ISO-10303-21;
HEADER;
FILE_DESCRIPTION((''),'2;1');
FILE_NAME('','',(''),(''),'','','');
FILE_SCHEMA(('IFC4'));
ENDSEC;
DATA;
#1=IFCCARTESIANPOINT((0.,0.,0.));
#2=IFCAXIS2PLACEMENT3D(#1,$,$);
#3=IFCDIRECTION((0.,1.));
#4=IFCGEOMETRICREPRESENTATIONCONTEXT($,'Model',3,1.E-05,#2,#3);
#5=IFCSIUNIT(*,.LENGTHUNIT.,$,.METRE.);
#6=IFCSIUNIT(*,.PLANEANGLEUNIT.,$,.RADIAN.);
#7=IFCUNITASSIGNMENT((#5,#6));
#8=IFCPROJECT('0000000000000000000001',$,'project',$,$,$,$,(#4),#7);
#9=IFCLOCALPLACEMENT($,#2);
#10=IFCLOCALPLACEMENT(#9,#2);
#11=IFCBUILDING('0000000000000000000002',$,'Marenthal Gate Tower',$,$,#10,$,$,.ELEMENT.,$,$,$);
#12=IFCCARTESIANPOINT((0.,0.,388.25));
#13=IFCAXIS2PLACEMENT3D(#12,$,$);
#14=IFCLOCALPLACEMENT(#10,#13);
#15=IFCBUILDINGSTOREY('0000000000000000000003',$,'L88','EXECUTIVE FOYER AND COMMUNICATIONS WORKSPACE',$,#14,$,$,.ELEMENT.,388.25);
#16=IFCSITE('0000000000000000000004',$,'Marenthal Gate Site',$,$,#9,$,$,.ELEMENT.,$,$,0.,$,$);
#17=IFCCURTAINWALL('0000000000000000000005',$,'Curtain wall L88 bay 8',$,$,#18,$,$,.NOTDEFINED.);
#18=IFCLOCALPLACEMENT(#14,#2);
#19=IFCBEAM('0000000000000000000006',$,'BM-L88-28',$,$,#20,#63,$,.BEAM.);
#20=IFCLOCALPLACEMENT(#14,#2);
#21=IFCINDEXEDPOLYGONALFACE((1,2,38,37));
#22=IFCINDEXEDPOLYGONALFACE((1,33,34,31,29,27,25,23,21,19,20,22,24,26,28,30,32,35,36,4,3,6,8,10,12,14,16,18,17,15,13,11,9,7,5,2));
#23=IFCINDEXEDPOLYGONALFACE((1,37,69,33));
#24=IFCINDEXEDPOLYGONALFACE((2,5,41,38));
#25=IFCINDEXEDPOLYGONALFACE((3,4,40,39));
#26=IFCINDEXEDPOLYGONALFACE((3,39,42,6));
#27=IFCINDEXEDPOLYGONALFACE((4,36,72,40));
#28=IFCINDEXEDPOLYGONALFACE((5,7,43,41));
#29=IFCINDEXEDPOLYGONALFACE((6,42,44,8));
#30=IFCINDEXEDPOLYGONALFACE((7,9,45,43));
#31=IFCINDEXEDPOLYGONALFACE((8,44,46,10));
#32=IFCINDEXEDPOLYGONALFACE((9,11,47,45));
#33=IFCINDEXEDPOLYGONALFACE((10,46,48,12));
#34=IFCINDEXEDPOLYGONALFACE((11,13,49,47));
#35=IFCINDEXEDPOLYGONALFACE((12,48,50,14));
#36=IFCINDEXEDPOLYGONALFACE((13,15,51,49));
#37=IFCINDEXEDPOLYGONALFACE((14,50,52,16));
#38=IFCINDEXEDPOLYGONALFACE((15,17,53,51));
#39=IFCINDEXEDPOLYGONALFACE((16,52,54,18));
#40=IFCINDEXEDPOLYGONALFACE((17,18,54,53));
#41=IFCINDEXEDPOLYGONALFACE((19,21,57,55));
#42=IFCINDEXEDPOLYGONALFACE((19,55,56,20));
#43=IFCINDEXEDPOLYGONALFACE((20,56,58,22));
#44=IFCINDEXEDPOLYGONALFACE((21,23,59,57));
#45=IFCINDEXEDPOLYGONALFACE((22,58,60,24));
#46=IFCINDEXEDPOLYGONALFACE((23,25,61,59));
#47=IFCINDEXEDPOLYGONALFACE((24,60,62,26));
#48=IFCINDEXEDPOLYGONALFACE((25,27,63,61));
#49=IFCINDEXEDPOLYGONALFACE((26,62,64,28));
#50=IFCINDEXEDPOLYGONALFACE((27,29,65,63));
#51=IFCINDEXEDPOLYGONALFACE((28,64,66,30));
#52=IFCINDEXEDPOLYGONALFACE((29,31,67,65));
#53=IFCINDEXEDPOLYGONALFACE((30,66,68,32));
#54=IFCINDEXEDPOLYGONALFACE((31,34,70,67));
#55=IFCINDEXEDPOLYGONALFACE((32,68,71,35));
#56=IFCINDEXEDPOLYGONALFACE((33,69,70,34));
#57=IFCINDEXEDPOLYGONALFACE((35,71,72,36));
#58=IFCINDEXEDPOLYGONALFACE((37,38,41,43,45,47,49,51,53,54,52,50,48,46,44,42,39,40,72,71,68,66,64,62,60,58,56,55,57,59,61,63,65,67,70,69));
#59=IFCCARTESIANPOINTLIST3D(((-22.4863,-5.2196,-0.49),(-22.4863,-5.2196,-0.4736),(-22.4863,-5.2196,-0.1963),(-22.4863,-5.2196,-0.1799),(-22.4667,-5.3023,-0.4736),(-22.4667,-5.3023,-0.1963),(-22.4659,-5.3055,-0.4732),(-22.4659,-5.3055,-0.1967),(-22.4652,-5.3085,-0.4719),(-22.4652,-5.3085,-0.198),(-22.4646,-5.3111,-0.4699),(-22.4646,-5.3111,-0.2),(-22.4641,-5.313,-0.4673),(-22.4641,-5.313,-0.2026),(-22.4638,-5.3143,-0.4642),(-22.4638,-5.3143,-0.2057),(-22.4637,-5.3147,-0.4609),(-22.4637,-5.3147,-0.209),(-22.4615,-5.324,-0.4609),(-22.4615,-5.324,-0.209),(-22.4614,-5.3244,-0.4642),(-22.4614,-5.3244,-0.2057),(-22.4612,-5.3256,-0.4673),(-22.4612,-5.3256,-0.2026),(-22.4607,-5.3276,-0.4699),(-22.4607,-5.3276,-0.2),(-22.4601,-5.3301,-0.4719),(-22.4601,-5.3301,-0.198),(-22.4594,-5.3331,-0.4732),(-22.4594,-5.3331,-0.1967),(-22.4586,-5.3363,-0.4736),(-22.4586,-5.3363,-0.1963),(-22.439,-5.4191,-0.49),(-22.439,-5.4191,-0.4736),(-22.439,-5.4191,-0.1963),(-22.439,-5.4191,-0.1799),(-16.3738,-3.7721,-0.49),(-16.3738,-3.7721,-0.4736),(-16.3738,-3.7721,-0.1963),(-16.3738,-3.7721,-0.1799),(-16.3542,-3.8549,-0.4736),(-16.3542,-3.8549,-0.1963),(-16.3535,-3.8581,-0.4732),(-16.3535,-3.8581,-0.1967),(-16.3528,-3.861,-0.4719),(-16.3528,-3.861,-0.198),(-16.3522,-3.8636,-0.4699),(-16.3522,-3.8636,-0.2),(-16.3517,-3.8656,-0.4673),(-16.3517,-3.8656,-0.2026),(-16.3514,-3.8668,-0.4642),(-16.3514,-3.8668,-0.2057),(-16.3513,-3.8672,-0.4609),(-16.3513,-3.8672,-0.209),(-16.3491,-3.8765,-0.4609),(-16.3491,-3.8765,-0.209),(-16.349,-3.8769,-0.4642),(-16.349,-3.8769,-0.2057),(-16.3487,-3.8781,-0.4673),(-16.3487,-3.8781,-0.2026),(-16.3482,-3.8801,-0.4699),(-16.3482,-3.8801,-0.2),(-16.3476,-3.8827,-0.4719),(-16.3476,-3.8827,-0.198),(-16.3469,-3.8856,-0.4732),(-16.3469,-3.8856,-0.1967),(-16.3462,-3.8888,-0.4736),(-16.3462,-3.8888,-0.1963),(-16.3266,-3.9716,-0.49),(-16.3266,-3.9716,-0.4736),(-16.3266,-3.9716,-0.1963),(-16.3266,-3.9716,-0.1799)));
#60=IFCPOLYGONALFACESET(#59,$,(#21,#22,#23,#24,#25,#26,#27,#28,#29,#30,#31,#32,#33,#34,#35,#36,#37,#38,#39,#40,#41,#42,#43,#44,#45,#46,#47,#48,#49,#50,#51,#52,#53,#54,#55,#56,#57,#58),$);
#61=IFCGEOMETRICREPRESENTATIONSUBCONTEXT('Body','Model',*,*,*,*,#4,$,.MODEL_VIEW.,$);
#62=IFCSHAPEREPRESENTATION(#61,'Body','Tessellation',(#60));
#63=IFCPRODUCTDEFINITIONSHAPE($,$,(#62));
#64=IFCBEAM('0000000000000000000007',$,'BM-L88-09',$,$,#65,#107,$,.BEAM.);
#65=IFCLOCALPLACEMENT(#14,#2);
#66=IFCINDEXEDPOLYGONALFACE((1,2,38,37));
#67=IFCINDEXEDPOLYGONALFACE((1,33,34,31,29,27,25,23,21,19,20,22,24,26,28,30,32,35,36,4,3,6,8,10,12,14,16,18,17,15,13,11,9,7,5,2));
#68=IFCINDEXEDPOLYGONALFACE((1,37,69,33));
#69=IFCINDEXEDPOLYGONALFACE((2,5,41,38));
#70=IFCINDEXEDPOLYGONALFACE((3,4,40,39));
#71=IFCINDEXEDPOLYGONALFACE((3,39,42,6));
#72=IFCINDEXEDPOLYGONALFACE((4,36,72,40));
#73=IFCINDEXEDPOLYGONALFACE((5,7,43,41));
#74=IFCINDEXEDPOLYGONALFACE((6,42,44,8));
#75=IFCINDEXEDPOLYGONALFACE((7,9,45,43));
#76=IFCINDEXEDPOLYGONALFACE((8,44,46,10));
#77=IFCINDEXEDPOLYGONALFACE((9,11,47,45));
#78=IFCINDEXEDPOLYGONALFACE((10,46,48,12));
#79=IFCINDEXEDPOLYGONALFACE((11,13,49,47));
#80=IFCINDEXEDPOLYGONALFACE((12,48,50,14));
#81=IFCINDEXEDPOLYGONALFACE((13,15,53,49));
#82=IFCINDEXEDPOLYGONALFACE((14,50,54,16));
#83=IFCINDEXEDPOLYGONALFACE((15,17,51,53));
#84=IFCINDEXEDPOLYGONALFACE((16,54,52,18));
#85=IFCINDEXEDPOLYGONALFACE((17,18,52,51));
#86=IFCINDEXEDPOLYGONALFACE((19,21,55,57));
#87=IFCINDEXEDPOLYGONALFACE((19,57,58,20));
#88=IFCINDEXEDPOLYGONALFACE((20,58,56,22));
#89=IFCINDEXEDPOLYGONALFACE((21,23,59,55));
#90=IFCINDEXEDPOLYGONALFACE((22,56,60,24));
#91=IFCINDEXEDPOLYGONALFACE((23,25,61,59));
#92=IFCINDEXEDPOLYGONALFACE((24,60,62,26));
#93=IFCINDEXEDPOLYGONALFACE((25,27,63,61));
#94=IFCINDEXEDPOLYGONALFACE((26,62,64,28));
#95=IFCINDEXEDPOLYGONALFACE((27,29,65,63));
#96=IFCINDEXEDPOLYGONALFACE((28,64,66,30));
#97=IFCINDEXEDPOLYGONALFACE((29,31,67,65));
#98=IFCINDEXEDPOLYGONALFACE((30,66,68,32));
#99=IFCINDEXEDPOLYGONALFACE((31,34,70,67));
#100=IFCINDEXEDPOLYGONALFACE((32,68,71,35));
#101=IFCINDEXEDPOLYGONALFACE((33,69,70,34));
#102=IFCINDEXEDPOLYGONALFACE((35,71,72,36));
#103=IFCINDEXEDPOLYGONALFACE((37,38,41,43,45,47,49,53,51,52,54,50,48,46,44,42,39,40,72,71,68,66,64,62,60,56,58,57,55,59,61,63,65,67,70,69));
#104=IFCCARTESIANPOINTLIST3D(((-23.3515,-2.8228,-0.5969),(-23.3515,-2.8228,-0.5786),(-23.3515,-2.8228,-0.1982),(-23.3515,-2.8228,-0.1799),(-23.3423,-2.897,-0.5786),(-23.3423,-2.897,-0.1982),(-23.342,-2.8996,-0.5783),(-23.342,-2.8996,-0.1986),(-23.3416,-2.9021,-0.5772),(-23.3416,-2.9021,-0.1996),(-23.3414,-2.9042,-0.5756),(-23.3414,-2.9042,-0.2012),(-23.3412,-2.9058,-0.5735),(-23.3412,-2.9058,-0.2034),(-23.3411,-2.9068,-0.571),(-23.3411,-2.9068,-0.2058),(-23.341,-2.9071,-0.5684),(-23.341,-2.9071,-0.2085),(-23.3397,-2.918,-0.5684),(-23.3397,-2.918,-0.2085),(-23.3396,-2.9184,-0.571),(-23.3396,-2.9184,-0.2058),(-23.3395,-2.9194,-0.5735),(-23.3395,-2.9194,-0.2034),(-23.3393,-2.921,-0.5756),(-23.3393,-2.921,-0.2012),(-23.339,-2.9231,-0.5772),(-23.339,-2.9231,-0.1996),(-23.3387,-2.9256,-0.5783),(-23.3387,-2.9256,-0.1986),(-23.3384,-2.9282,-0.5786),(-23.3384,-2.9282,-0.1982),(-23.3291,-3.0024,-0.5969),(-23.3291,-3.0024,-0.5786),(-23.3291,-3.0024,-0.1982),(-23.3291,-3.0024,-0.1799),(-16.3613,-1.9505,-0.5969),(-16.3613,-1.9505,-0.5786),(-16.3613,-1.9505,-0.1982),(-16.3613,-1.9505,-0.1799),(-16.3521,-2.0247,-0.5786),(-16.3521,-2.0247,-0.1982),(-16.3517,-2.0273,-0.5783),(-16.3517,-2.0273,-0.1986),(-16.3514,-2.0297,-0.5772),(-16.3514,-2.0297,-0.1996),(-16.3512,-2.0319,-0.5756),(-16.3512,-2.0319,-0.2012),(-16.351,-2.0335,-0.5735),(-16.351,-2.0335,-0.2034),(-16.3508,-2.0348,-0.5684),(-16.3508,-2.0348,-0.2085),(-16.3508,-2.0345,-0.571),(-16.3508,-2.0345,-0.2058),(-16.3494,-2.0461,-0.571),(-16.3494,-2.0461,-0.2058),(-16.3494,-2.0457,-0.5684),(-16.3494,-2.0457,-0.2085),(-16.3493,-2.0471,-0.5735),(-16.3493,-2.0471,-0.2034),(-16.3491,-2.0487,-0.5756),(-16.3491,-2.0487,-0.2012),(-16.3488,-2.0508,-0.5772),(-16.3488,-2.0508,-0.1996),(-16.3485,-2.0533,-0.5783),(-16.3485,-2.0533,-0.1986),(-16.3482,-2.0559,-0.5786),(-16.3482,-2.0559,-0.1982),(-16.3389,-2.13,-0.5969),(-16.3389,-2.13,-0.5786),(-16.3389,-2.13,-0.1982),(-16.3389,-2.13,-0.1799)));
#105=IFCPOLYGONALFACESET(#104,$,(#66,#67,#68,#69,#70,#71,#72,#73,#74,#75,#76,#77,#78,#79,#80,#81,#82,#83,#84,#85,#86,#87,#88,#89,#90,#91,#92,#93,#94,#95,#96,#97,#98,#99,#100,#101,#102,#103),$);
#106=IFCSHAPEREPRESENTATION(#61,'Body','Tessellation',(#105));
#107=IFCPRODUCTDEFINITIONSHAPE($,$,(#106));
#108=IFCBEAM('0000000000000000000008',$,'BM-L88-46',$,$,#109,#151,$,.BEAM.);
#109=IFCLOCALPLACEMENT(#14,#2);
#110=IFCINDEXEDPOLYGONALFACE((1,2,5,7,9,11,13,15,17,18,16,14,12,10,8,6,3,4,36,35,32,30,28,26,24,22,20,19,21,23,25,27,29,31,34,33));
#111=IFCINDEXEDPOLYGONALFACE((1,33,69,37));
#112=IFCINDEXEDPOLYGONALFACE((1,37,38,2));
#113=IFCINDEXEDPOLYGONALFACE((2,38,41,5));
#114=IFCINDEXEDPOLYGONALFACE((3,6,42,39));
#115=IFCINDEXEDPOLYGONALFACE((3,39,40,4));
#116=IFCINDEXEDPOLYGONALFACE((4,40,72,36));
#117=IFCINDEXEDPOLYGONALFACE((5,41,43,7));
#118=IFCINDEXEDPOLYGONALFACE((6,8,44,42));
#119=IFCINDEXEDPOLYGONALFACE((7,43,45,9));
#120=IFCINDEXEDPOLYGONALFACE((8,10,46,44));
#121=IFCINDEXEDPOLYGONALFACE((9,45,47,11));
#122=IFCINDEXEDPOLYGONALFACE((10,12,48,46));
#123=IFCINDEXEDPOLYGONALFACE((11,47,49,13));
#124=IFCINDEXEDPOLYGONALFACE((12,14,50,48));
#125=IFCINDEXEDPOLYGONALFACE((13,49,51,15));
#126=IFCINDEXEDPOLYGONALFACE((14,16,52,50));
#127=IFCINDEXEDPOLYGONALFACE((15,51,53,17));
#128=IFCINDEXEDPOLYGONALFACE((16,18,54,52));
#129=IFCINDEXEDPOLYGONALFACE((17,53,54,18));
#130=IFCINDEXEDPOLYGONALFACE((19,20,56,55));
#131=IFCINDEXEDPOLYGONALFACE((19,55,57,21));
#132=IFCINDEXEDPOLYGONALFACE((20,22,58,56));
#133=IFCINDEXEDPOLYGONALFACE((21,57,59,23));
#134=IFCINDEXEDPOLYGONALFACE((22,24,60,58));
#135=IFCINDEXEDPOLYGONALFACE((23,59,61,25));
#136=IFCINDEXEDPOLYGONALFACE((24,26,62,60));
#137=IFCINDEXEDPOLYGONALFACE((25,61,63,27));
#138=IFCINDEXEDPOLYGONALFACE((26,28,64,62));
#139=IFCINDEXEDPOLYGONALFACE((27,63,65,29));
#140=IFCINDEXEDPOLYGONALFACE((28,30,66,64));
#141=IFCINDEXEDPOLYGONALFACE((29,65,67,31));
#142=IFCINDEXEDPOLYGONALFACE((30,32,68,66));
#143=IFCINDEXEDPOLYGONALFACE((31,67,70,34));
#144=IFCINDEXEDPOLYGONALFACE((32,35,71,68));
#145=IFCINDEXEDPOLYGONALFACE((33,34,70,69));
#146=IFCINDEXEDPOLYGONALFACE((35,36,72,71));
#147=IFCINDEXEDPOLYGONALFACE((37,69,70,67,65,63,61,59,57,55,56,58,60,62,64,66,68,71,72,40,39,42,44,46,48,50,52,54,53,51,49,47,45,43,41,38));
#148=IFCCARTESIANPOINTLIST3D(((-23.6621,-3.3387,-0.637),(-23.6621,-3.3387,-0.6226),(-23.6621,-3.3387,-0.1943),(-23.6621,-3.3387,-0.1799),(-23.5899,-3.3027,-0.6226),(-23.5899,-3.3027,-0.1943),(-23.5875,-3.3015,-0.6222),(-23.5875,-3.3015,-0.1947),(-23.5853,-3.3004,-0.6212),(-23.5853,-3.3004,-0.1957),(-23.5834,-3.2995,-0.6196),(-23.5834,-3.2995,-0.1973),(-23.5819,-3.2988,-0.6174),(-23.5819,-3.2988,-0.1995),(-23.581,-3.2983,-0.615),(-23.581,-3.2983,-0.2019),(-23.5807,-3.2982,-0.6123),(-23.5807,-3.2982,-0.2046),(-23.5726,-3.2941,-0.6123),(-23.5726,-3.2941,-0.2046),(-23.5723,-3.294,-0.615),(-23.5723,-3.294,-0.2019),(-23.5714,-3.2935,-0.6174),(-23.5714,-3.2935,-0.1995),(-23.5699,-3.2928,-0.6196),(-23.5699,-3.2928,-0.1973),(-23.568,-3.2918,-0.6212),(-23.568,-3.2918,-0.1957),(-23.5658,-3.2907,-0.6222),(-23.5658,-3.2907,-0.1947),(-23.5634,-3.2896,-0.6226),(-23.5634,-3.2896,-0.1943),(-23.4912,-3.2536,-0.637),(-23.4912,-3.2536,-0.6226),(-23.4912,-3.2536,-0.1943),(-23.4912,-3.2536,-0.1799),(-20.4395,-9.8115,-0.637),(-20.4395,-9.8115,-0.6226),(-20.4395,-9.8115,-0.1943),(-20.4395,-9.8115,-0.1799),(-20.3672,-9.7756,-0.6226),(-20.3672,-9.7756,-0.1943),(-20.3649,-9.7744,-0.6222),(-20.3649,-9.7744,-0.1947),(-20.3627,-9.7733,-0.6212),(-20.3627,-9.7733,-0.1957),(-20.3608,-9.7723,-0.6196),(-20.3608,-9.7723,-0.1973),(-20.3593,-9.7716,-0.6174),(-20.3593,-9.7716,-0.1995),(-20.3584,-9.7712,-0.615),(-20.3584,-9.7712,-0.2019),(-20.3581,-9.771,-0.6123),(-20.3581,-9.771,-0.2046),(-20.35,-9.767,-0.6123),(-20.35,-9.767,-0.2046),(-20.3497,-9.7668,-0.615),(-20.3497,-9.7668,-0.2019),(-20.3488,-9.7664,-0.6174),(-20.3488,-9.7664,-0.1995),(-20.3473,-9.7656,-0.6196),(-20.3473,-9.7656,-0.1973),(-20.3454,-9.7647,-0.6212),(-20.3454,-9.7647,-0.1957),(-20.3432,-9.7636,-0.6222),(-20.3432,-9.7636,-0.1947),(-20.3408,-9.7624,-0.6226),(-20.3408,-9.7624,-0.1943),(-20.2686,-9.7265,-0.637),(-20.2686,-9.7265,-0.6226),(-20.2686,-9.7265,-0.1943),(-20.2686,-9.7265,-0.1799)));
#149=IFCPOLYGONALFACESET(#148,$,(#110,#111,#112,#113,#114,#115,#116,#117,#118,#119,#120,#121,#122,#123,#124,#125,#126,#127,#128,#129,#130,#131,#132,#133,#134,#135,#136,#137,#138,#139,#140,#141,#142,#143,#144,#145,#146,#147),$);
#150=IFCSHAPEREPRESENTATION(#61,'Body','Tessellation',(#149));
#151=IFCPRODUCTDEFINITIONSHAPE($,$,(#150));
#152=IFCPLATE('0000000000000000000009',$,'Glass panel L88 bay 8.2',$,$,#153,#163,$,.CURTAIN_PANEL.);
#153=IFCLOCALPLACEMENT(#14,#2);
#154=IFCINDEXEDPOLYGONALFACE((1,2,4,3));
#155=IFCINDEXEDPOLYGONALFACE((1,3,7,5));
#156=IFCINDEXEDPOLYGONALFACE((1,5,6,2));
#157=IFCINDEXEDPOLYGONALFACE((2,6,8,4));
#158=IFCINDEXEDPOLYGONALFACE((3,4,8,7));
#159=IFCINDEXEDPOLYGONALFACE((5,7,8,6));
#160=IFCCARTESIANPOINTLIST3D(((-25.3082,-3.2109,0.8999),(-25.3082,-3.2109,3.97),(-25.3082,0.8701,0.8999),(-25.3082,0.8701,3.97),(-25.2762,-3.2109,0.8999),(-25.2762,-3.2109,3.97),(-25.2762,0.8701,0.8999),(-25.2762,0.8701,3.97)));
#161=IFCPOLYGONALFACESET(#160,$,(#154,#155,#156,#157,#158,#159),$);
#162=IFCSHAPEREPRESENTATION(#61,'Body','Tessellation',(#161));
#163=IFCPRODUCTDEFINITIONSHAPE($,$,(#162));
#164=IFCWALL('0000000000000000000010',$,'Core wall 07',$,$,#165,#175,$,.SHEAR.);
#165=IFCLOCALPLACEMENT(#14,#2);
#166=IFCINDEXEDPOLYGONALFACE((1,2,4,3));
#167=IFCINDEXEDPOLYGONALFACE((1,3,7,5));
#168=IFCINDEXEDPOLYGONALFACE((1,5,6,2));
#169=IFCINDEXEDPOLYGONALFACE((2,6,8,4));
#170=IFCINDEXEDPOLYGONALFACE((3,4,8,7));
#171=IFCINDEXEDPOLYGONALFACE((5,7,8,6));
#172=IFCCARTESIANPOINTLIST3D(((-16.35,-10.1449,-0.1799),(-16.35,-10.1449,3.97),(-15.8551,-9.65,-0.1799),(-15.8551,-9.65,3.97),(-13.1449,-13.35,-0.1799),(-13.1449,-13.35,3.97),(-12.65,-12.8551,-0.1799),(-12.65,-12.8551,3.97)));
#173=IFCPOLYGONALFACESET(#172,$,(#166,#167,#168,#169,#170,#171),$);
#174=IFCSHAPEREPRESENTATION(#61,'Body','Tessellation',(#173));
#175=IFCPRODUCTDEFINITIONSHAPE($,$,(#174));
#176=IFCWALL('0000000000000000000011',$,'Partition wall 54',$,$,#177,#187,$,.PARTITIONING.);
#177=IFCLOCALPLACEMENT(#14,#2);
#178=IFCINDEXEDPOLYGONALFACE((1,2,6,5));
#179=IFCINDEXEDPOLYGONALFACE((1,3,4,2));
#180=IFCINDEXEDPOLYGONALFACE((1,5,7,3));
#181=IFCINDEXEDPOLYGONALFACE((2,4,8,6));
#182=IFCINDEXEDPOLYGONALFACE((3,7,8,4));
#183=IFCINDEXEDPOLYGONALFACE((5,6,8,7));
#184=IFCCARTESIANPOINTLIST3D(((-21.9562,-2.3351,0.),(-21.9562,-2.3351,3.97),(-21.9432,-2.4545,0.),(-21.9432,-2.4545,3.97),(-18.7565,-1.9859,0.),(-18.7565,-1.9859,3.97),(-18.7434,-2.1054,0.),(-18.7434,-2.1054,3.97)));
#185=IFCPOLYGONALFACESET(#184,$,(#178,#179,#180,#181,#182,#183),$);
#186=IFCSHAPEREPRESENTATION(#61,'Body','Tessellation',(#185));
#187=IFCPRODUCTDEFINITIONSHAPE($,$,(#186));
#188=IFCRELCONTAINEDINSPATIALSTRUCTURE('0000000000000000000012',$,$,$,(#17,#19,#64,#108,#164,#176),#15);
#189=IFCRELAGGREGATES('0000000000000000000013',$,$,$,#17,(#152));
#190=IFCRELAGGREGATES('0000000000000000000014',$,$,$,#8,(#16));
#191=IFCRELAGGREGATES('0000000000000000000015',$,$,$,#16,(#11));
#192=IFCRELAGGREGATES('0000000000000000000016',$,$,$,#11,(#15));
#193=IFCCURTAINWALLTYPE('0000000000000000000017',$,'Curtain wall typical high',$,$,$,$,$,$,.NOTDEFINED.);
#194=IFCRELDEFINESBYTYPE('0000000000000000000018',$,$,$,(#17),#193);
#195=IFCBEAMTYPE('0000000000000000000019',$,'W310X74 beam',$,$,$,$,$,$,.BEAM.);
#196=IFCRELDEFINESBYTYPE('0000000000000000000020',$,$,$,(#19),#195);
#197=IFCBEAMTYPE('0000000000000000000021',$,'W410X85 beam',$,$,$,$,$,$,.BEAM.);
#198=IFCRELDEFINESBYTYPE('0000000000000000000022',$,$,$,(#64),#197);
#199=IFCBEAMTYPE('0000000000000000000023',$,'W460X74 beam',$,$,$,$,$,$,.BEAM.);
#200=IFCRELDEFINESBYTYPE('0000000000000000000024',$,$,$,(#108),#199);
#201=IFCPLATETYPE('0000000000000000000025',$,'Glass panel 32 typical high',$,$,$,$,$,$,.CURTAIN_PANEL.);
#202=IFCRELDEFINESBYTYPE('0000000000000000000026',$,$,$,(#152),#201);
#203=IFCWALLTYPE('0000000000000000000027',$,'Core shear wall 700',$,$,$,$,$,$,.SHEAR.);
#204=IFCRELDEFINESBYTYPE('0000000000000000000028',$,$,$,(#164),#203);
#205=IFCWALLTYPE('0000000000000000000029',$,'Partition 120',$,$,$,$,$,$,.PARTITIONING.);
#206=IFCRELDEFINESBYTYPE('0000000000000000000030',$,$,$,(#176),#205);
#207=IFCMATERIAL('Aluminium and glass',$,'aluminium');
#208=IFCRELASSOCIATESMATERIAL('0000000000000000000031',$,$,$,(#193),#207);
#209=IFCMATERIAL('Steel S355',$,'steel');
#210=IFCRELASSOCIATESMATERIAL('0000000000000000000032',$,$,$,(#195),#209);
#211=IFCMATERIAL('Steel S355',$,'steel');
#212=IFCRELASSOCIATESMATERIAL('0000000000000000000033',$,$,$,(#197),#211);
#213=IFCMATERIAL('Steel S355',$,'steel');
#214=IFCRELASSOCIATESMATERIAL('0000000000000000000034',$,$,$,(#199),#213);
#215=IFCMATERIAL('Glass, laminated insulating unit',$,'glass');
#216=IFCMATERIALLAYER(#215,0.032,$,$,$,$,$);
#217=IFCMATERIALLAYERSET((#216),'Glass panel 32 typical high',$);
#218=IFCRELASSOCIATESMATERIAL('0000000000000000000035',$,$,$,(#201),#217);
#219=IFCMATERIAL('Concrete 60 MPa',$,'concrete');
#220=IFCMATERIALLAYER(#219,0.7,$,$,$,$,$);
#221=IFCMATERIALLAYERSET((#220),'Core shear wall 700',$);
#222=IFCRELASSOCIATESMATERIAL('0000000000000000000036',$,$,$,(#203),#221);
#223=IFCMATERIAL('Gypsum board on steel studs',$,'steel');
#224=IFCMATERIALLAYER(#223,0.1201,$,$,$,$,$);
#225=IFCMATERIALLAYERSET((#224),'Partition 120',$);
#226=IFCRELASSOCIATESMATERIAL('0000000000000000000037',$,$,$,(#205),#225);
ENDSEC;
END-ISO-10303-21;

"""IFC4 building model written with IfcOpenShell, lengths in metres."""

from ifc_helpers import new_model, si_unit, direction, frame, frame_2d, origin, origin_2d, place, context, subcontext, project, spatial, rectangle, i_section, extrude, material, layer, layer_set, material_profile, profile_set, type_object, element, aggregate, save


model = new_model("IFC4")

# Units and contexts
model_context = context("Model", 3, precision=1e-05, world=origin(), true_north=direction((0.0, 1.0)))
body_context = subcontext(model_context, "Body", "Model", "MODEL_VIEW")
ifc_project = project(units=[si_unit("LENGTHUNIT", "METRE"), si_unit("PLANEANGLEUNIT", "RADIAN")], contexts=[model_context])

# Site, building, storey
site_placement = place(None, origin())
site = spatial("IfcSite", under=ifc_project, at=site_placement, Name="Marenthal Gate Site", CompositionType="ELEMENT", RefElevation=0.0)
building_placement = place(site_placement, origin())
building = spatial("IfcBuilding", under=site, at=building_placement, Name="Marenthal Gate Tower", CompositionType="ELEMENT")
storey_placement = place(building_placement, frame((0.0, 0.0, 388.25)))
storey = spatial("IfcBuildingStorey", under=building, at=storey_placement, Name="L88", Description="EXECUTIVE FOYER AND COMMUNICATIONS WORKSPACE", CompositionType="ELEMENT", Elevation=388.25)

# Curtain wall
ifc_material_1 = material(Name="Aluminium and glass", Category="aluminium")
curtain_wall_type = type_object("IfcCurtainWallType", Name="Curtain wall typical high", PredefinedType="NOTDEFINED", material=ifc_material_1)
curtain_wall_placement = place(storey_placement, origin())
curtain_wall = element("IfcCurtainWall", 1, at=curtain_wall_placement, inside=storey, type_object=curtain_wall_type, Name="Curtain wall L88 bay 8", PredefinedType="NOTDEFINED")

# Beams
ifc_material_2 = material(Name="Steel S355", Category="steel")
ifc_material_profile_1 = material_profile(ifc_material_2, i_section(OverallWidth=0.2051, OverallDepth=0.3101, WebThickness=0.0095, FlangeThickness=0.0164, FilletRadius=0.0127, at=origin_2d()), Name="W310X74")
ifc_profile_set_1 = profile_set([ifc_material_profile_1], Name="Steel S355")
beam_type_1 = type_object("IfcBeamType", Name="W310X74 beam", PredefinedType="BEAM", material=ifc_profile_set_1)
beam_1_placement = place(storey_placement, frame((-22.4626, -5.3193, -0.335), z_axis=(0.973087, 0.230436, 0.0), x_axis=(-0.230436, 0.973087, 0.0)))
element("IfcBeam", 2, at=beam_1_placement, inside=storey, type_object=beam_type_1, Name="BM-L88-28", PredefinedType="BEAM", context=body_context, shape_type="SweptSolid", body=[
    extrude(i_section(OverallWidth=0.2051, OverallDepth=0.3101, WebThickness=0.0095, FlangeThickness=0.0164, FilletRadius=0.0127, at=origin_2d()), origin(), (0.0, 0.0, 1.0), 6.2815),
])
ifc_material_3 = material(Name="Steel S355", Category="steel")
ifc_material_profile_2 = material_profile(ifc_material_3, i_section(OverallWidth=0.1809, OverallDepth=0.417, WebThickness=0.011, FlangeThickness=0.0183, FilletRadius=0.0103, at=origin_2d()), Name="W410X85")
ifc_profile_set_2 = profile_set([ifc_material_profile_2], Name="Steel S355")
beam_type_2 = type_object("IfcBeamType", Name="W410X85 beam", PredefinedType="BEAM", material=ifc_profile_set_2)
beam_2_placement = place(storey_placement, frame((-23.3403, -2.9126, -0.3884), z_axis=(0.992303, 0.12383, 0.0), x_axis=(-0.12383, 0.992303, 0.0)))
element("IfcBeam", 3, at=beam_2_placement, inside=storey, type_object=beam_type_2, Name="BM-L88-09", PredefinedType="BEAM", context=body_context, shape_type="SweptSolid", body=[
    extrude(i_section(OverallWidth=0.1809, OverallDepth=0.417, WebThickness=0.011, FlangeThickness=0.0183, FilletRadius=0.0103, at=origin_2d()), origin(), (0.0, 0.0, 1.0), 7.0444),
])
ifc_material_4 = material(Name="Steel S355", Category="steel")
ifc_material_profile_3 = material_profile(ifc_material_4, i_section(OverallWidth=0.1909, OverallDepth=0.457, WebThickness=0.009, FlangeThickness=0.0144, FilletRadius=0.0103, at=origin_2d()), Name="W460X74")
ifc_profile_set_3 = profile_set([ifc_material_profile_3], Name="Steel S355")
beam_type_3 = type_object("IfcBeamType", Name="W460X74 beam", PredefinedType="BEAM", material=ifc_profile_set_3)
beam_3_placement = place(storey_placement, frame((-23.5767, -3.2961, -0.4084), z_axis=(0.445687, -0.895189, 0.0), x_axis=(0.895189, 0.445687, 0.0)))
element("IfcBeam", 4, at=beam_3_placement, inside=storey, type_object=beam_type_3, Name="BM-L88-46", PredefinedType="BEAM", context=body_context, shape_type="SweptSolid", body=[
    extrude(i_section(OverallWidth=0.1909, OverallDepth=0.457, WebThickness=0.009, FlangeThickness=0.0144, FilletRadius=0.0103, at=origin_2d()), origin(), (0.0, 0.0, 1.0), 7.2307),
])

# Plate
ifc_material_5 = material(Name="Glass, laminated insulating unit", Category="glass")
ifc_layer_1 = layer(ifc_material_5, 0.032)
ifc_layer_set_1 = layer_set([ifc_layer_1], Name="Glass panel 32 typical high")
plate_type = type_object("IfcPlateType", Name="Glass panel 32 typical high", PredefinedType="CURTAIN_PANEL", material=ifc_layer_set_1)
plate_placement = place(storey_placement, frame((-25.2922, -1.1704, 0.8999), z_axis=(0.0, 0.0, 1.0), x_axis=(0.0, -1.0, 0.0)))
plate = element("IfcPlate", 5, at=plate_placement, type_object=plate_type, Name="Glass panel L88 bay 8.2", PredefinedType="CURTAIN_PANEL", context=body_context, shape_type="SweptSolid", body=[
    extrude(rectangle(XDim=4.0811, YDim=0.032, at=origin_2d()), origin(), (0.0, 0.0, 1.0), 3.0701),
])
aggregate(curtain_wall, [plate])

# Walls
ifc_material_6 = material(Name="Concrete 60 MPa", Category="concrete")
ifc_layer_2 = layer(ifc_material_6, 0.7)
ifc_layer_set_2 = layer_set([ifc_layer_2], Name="Core shear wall 700")
wall_type_1 = type_object("IfcWallType", Name="Core shear wall 700", PredefinedType="SHEAR", material=ifc_layer_set_2)
wall_1_placement = place(storey_placement, frame((-16.1025, -9.8975, -0.1799), z_axis=(0.0, 0.0, 1.0), x_axis=(0.707107, -0.707107, 0.0)))
element("IfcWall", 6, at=wall_1_placement, inside=storey, type_object=wall_type_1, Name="Core wall 07", PredefinedType="SHEAR", context=body_context, shape_type="SweptSolid", body=[
    extrude(rectangle(XDim=4.5327, YDim=0.7, at=frame_2d((2.2664, 0.0))), origin(), (0.0, 0.0, 1.0), 4.1499),
])
ifc_material_7 = material(Name="Gypsum board on steel studs", Category="steel")
ifc_layer_3 = layer(ifc_material_7, 0.1201)
ifc_layer_set_3 = layer_set([ifc_layer_3], Name="Partition 120")
wall_type_2 = type_object("IfcWallType", Name="Partition 120", PredefinedType="PARTITIONING", material=ifc_layer_set_3)
wall_2_placement = place(storey_placement, frame((-21.9497, -2.3948, 0.0), z_axis=(0.0, 0.0, 1.0), x_axis=(0.9941, 0.108467, 0.0)))
element("IfcWall", 7, at=wall_2_placement, inside=storey, type_object=wall_type_2, Name="Partition wall 54", PredefinedType="PARTITIONING", context=body_context, shape_type="SweptSolid", body=[
    extrude(rectangle(XDim=3.2188, YDim=0.1201, at=frame_2d((1.6094, 0.0))), origin(), (0.0, 0.0, 1.0), 3.97),
])

save(model, "model.ifc")
